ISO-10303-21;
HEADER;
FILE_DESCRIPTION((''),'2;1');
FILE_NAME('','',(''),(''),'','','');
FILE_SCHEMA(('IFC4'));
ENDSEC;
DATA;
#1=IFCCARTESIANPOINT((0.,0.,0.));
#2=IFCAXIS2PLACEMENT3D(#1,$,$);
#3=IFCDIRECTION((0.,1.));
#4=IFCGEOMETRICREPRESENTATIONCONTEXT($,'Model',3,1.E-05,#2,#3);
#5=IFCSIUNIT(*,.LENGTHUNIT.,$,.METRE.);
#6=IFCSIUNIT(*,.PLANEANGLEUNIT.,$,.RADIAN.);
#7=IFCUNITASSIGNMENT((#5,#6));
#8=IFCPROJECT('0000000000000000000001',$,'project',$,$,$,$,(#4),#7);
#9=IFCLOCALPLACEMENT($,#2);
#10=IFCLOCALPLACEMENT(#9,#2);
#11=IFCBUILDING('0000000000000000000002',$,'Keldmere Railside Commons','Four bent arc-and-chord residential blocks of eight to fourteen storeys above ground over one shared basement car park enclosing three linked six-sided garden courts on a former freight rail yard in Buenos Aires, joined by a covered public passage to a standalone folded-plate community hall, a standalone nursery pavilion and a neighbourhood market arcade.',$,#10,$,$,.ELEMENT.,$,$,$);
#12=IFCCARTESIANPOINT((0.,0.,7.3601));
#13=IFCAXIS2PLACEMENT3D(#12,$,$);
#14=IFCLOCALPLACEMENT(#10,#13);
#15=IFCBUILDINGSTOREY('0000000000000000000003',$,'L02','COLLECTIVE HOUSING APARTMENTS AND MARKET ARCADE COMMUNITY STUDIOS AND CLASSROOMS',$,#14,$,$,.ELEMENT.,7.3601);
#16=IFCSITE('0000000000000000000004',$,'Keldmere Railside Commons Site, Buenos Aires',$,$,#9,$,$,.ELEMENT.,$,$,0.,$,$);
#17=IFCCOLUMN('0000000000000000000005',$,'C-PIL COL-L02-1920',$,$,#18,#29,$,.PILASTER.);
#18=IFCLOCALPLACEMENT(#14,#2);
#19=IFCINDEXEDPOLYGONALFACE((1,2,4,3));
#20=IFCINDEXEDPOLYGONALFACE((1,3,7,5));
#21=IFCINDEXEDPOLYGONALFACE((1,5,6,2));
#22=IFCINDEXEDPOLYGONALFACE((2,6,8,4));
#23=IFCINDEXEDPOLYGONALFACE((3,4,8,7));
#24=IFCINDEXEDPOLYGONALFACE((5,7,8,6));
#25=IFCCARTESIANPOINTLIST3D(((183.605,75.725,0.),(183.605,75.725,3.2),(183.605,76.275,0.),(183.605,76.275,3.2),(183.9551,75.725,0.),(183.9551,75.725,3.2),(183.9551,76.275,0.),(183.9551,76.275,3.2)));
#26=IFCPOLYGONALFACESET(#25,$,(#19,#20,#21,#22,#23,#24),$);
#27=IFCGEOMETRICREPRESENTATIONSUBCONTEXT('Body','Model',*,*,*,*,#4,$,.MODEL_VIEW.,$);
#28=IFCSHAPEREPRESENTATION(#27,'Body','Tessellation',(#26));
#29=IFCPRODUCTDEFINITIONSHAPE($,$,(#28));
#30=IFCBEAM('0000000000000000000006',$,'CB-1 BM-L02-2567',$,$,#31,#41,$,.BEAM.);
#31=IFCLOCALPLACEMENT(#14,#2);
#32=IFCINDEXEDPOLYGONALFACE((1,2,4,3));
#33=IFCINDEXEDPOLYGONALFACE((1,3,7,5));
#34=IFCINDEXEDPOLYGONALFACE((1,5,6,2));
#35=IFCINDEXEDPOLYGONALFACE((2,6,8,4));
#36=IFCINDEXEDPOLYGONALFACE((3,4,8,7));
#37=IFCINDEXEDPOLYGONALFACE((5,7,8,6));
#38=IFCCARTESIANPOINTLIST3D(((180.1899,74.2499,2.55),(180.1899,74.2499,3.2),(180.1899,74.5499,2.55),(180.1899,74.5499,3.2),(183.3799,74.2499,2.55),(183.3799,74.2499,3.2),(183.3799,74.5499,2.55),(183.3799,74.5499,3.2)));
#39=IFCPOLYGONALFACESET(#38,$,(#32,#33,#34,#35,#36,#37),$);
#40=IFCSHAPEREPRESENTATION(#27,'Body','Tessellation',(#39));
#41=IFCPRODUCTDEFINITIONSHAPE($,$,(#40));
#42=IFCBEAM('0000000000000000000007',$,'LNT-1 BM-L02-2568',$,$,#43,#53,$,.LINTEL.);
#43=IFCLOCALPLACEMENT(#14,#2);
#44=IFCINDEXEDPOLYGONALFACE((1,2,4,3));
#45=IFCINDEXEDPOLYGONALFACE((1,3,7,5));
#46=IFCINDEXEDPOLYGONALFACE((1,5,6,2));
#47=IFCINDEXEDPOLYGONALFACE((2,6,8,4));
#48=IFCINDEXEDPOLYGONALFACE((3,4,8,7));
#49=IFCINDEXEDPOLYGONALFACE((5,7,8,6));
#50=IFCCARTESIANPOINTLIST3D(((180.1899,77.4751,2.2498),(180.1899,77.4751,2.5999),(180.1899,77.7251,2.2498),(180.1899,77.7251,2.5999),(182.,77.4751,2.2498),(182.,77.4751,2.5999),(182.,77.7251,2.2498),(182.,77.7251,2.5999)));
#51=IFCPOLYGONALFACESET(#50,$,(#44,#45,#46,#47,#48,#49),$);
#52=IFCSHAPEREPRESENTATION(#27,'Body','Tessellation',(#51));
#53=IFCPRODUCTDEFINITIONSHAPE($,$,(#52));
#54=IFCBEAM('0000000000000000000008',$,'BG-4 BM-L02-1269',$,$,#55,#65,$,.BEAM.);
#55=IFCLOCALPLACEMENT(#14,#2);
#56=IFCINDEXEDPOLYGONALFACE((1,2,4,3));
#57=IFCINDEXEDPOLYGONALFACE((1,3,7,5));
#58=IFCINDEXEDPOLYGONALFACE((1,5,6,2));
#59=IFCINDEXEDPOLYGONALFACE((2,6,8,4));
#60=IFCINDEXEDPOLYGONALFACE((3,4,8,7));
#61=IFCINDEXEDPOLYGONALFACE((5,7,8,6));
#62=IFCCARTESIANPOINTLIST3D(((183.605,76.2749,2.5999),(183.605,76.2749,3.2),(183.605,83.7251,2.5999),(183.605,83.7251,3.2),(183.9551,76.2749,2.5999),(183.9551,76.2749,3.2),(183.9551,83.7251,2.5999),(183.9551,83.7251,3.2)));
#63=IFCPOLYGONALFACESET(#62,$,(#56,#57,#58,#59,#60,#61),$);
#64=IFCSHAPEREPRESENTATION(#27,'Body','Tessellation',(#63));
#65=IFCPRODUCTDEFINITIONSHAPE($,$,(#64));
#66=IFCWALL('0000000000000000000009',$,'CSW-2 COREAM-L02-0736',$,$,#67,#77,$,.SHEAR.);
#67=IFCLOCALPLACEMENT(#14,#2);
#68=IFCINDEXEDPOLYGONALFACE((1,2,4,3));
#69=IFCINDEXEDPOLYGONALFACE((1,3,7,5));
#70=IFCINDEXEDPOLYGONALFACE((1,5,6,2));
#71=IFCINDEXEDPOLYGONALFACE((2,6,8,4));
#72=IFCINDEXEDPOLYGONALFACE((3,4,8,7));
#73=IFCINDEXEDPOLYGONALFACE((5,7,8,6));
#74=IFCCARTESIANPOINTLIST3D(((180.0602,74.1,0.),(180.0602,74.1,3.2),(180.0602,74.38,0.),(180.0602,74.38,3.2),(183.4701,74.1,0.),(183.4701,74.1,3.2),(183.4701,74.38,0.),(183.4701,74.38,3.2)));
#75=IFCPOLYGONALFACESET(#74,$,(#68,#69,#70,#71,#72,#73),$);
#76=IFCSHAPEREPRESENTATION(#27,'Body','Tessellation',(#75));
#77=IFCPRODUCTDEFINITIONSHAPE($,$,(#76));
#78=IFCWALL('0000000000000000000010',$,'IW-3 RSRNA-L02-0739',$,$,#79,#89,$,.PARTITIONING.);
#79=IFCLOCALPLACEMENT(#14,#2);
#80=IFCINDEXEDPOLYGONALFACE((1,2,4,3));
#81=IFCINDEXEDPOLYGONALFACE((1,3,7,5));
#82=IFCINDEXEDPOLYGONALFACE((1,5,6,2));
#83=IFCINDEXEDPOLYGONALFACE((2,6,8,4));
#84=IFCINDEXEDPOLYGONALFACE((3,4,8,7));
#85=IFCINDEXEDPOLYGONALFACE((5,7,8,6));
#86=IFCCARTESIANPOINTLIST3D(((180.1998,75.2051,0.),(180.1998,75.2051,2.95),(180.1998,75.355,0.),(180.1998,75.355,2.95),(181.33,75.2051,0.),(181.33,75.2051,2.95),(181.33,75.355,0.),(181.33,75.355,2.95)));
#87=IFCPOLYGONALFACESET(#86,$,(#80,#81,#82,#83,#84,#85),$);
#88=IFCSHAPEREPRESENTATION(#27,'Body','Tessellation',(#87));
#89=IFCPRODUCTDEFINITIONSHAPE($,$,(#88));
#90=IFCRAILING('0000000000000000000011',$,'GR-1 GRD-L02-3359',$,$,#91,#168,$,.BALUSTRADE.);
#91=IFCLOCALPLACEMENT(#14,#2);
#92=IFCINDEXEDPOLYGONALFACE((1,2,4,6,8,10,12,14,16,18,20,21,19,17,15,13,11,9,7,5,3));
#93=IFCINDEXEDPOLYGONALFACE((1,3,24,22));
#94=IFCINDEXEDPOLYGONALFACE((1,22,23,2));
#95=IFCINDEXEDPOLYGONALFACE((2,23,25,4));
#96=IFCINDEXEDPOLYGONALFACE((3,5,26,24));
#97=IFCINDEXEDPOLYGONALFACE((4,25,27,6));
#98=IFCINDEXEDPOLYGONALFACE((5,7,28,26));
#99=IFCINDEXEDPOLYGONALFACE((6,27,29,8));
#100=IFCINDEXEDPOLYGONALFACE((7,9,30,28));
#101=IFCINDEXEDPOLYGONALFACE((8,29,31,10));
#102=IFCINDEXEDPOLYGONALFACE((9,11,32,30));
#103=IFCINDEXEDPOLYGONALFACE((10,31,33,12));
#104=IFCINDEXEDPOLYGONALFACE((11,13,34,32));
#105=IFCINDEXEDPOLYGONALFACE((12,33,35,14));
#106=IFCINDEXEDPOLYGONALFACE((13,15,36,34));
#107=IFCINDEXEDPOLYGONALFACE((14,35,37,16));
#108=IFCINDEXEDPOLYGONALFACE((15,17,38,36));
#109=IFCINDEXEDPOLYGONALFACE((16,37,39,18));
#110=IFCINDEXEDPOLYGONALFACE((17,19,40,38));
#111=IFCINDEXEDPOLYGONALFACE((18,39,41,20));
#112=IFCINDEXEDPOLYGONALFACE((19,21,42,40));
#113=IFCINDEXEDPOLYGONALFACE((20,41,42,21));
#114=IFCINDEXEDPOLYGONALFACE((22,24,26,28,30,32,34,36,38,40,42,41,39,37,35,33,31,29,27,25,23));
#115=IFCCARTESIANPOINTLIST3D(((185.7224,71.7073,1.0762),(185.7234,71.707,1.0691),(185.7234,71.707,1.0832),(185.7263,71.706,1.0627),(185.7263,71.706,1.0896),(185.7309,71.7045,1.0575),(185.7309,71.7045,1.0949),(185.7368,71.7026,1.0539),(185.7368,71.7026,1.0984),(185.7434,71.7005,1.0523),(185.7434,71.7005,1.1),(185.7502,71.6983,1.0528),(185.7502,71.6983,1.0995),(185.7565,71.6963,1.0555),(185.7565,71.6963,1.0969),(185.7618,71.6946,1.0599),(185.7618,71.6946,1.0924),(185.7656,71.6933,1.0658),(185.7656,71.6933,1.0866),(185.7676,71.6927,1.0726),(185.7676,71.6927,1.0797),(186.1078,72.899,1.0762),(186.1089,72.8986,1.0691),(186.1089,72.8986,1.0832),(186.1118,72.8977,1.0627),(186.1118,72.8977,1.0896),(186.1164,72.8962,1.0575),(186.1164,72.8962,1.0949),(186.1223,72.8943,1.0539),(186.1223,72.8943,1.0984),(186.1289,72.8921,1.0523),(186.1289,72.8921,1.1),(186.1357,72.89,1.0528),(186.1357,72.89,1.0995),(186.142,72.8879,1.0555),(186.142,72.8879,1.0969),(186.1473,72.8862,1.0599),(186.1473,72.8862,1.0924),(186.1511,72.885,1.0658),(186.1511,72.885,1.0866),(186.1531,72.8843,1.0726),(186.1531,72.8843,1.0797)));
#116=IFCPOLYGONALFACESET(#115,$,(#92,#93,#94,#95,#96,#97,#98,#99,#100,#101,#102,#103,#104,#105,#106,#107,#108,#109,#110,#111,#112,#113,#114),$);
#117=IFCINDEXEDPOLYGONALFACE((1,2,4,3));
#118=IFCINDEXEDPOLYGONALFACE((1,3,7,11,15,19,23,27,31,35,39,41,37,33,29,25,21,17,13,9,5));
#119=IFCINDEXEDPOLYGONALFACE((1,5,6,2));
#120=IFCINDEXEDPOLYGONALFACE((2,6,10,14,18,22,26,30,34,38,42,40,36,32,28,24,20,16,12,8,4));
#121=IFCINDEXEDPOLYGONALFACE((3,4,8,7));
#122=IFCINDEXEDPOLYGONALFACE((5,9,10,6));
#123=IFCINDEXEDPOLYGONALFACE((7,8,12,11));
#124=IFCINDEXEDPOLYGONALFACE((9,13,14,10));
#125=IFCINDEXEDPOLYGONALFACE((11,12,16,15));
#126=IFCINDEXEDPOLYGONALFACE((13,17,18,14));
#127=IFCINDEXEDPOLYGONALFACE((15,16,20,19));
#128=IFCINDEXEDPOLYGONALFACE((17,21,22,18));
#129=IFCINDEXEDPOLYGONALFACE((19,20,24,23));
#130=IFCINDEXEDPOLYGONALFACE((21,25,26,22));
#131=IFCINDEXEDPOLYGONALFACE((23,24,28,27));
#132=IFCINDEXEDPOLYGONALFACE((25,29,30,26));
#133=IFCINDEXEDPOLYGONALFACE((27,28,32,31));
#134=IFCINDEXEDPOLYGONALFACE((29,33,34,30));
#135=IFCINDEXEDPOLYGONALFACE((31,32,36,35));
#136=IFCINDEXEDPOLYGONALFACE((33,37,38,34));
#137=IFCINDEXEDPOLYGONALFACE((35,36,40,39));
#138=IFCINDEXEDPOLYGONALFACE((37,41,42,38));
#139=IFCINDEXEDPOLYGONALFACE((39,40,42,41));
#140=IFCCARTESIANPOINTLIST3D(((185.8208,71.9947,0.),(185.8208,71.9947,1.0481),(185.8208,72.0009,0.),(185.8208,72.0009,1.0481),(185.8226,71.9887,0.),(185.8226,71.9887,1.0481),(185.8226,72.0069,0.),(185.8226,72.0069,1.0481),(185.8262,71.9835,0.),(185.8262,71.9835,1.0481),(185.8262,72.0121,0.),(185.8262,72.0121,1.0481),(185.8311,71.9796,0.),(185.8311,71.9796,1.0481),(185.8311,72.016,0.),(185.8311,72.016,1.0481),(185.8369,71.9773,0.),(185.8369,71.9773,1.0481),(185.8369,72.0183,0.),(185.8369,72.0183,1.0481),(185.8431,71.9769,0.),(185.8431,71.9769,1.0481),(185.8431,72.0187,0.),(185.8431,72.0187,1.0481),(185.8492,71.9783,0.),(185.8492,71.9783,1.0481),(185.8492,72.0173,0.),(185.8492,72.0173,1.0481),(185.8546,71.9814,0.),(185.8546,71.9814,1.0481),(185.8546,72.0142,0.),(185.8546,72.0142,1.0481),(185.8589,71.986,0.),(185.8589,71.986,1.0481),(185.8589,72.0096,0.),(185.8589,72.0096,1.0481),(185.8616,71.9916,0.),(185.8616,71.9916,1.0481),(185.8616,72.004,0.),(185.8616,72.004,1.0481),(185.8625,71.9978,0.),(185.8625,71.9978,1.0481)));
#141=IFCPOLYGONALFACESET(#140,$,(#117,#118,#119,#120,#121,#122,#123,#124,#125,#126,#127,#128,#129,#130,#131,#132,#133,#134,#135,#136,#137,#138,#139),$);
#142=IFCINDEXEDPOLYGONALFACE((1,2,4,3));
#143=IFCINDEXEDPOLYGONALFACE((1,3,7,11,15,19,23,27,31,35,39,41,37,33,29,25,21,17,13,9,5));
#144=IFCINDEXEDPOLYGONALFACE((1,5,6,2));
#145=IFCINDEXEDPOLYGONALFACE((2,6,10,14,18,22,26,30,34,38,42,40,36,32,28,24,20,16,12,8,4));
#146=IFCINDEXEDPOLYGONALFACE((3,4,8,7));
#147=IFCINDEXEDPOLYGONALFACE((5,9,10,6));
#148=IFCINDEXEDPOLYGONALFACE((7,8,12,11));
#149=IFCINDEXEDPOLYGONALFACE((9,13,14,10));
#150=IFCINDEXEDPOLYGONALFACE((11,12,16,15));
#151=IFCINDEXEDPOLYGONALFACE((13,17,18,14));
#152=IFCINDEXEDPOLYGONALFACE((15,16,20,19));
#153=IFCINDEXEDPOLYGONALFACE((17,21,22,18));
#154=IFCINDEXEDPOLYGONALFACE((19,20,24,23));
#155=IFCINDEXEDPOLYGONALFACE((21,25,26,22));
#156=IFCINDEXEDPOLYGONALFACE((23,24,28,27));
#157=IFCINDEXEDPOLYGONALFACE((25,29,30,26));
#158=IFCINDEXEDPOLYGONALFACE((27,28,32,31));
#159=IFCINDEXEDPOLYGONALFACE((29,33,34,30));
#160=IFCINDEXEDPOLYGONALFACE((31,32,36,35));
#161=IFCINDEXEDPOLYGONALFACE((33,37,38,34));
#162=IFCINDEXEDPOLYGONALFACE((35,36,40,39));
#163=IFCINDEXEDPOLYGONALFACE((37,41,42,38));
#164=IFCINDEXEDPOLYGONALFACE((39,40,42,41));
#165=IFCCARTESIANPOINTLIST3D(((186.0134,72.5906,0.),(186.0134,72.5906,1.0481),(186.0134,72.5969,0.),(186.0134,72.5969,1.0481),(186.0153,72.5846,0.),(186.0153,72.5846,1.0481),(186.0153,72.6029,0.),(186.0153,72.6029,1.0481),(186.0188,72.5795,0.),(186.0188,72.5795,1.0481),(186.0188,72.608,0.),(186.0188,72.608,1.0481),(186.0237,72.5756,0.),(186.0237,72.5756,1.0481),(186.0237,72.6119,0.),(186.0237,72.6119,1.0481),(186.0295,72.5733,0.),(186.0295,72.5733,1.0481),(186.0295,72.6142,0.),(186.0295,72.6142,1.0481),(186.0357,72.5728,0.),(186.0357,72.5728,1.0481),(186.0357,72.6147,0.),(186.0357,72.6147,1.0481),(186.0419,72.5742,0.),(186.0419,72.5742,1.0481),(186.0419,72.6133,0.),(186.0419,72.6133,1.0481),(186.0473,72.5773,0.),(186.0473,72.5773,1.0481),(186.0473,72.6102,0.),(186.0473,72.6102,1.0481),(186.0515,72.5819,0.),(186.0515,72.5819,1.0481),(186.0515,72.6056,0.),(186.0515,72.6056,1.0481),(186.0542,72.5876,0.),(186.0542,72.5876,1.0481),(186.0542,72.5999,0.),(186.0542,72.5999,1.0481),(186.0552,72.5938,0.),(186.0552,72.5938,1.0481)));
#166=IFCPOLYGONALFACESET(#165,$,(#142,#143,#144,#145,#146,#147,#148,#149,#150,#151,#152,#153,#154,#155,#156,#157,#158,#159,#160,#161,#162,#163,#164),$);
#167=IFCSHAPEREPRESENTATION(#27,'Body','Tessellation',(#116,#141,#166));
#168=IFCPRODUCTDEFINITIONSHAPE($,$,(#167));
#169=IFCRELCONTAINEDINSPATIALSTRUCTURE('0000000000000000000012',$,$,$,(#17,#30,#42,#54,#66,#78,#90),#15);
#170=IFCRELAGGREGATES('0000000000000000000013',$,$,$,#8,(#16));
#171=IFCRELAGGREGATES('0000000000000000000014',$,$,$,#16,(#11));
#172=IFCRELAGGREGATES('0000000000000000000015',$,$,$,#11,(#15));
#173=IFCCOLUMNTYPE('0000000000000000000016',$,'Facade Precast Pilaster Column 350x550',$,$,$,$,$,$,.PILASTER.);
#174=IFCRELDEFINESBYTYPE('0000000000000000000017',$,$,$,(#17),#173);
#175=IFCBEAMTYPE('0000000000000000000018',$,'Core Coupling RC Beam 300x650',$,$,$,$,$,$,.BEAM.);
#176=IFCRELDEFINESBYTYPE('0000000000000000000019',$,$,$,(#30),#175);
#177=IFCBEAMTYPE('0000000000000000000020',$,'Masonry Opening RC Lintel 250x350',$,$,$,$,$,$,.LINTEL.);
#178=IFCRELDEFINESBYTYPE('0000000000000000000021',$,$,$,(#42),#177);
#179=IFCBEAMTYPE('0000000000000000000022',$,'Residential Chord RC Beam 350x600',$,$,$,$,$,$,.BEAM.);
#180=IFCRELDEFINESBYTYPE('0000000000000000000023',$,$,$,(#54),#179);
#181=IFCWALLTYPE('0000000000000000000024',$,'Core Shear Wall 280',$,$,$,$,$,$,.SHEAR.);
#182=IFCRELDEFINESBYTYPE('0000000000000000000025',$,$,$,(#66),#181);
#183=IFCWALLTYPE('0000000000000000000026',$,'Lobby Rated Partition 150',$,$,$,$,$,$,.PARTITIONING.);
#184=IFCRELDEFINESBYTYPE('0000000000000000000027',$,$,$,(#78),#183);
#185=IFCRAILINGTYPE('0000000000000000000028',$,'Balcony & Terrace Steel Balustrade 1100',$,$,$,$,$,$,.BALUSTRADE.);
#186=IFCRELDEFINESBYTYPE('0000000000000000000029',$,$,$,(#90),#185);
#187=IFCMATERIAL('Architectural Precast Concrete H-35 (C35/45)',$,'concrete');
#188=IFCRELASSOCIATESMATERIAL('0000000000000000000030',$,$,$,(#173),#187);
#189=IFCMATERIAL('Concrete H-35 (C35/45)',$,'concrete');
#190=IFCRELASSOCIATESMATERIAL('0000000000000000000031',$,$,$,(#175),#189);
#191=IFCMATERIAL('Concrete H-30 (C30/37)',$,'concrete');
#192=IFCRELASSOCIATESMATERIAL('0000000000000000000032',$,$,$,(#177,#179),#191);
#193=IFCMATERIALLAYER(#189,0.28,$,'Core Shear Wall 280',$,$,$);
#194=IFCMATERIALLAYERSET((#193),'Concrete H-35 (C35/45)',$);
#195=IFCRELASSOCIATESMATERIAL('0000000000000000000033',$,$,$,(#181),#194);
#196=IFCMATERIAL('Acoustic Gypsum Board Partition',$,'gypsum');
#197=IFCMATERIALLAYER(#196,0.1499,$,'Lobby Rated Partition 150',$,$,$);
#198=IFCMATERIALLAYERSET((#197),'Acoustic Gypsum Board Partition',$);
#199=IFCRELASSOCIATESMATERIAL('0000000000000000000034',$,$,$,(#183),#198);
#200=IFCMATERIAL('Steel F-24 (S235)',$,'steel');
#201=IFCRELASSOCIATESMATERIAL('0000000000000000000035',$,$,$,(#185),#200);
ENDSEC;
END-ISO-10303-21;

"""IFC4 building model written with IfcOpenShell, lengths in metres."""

from ifc_helpers import new_model, si_unit, direction, frame, frame_2d, origin, origin_2d, place, context, subcontext, project, spatial, rectangle, circle, extrude, material, layer, layer_set, material_profile, profile_set, type_object, element, save


model = new_model("IFC4")

# Units and contexts
model_context = context("Model", 3, precision=1e-05, world=origin(), true_north=direction((0.0, 1.0)))
body_context = subcontext(model_context, "Body", "Model", "MODEL_VIEW")
ifc_project = project(units=[si_unit("LENGTHUNIT", "METRE"), si_unit("PLANEANGLEUNIT", "RADIAN")], contexts=[model_context])

# Site, building, storey
site_placement = place(None, origin())
site = spatial("IfcSite", under=ifc_project, at=site_placement, Name="Keldmere Railside Commons Site, Buenos Aires", CompositionType="ELEMENT", RefElevation=0.0)
building_placement = place(site_placement, origin())
building = spatial("IfcBuilding", under=site, at=building_placement, Name="Keldmere Railside Commons", Description="Four bent arc-and-chord residential blocks of eight to fourteen storeys above ground over one shared basement car park enclosing three linked six-sided garden courts on a former freight rail yard in Buenos Aires, joined by a covered public passage to a standalone folded-plate community hall, a standalone nursery pavilion and a neighbourhood market arcade.", CompositionType="ELEMENT")
storey_placement = place(building_placement, frame((0.0, 0.0, 7.3601)))
storey = spatial("IfcBuildingStorey", under=building, at=storey_placement, Name="L02", Description="COLLECTIVE HOUSING APARTMENTS AND MARKET ARCADE COMMUNITY STUDIOS AND CLASSROOMS", CompositionType="ELEMENT", Elevation=7.3601)

# Column
ifc_material_1 = material(Name="Architectural Precast Concrete H-35 (C35/45)", Category="concrete")
ifc_material_profile_1 = material_profile(ifc_material_1, rectangle(XDim=0.3501, YDim=0.55, at=origin_2d()), Name="RC-350x550")
ifc_profile_set_1 = profile_set([ifc_material_profile_1], Name="Architectural Precast Concrete H-35 (C35/45)")
column_type = type_object("IfcColumnType", Name="Facade Precast Pilaster Column 350x550", PredefinedType="PILASTER", material=ifc_profile_set_1)
column_placement = place(storey_placement, frame((183.78, 76.0, 0.0), z_axis=(0.0, 0.0, 1.0), x_axis=(1.0, 0.0, 0.0)))
element("IfcColumn", 1, at=column_placement, inside=storey, type_object=column_type, Name="C-PIL COL-L02-1920", PredefinedType="PILASTER", context=body_context, shape_type="SweptSolid", body=[
    extrude(rectangle(XDim=0.3501, YDim=0.55, at=origin_2d()), origin(), (0.0, 0.0, 1.0), 3.2),
])

# Beams
ifc_material_2 = material(Name="Concrete H-35 (C35/45)", Category="concrete")
ifc_material_profile_2 = material_profile(ifc_material_2, rectangle(XDim=0.3, YDim=0.6499, at=origin_2d()), Name="RC-300x650")
ifc_profile_set_2 = profile_set([ifc_material_profile_2], Name="Concrete H-35 (C35/45)")
beam_type_1 = type_object("IfcBeamType", Name="Core Coupling RC Beam 300x650", PredefinedType="BEAM", material=ifc_profile_set_2)
beam_1_placement = place(storey_placement, frame((180.1899, 74.3999, 2.875), z_axis=(1.0, 0.0, 0.0), x_axis=(0.0, 1.0, 0.0)))
element("IfcBeam", 2, at=beam_1_placement, inside=storey, type_object=beam_type_1, Name="CB-1 BM-L02-2567", PredefinedType="BEAM", context=body_context, shape_type="SweptSolid", body=[
    extrude(rectangle(XDim=0.3, YDim=0.6499, at=origin_2d()), origin(), (0.0, 0.0, 1.0), 3.1899),
])
ifc_material_3 = material(Name="Concrete H-30 (C30/37)", Category="concrete")
ifc_material_profile_3 = material_profile(ifc_material_3, rectangle(XDim=0.25, YDim=0.3501, at=origin_2d()), Name="RC-250x350")
ifc_profile_set_3 = profile_set([ifc_material_profile_3], Name="Concrete H-30 (C30/37)")
beam_type_2 = type_object("IfcBeamType", Name="Masonry Opening RC Lintel 250x350", PredefinedType="LINTEL", material=ifc_profile_set_3)
beam_2_placement = place(storey_placement, frame((180.1899, 77.6001, 2.4248), z_axis=(1.0, 0.0, 0.0), x_axis=(0.0, 1.0, 0.0)))
element("IfcBeam", 3, at=beam_2_placement, inside=storey, type_object=beam_type_2, Name="LNT-1 BM-L02-2568", PredefinedType="LINTEL", context=body_context, shape_type="SweptSolid", body=[
    extrude(rectangle(XDim=0.25, YDim=0.3501, at=origin_2d()), origin(), (0.0, 0.0, 1.0), 1.8101),
])
ifc_material_profile_4 = material_profile(ifc_material_3, rectangle(XDim=0.3501, YDim=0.6001, at=origin_2d()), Name="RC-350x600")
ifc_profile_set_4 = profile_set([ifc_material_profile_4], Name="Concrete H-30 (C30/37)")
beam_type_3 = type_object("IfcBeamType", Name="Residential Chord RC Beam 350x600", PredefinedType="BEAM", material=ifc_profile_set_4)
beam_3_placement = place(storey_placement, frame((183.78, 76.2749, 2.8999), z_axis=(0.0, 1.0, 0.0), x_axis=(-1.0, 0.0, 0.0)))
element("IfcBeam", 4, at=beam_3_placement, inside=storey, type_object=beam_type_3, Name="BG-4 BM-L02-1269", PredefinedType="BEAM", context=body_context, shape_type="SweptSolid", body=[
    extrude(rectangle(XDim=0.3501, YDim=0.6001, at=origin_2d()), origin(), (0.0, 0.0, 1.0), 7.4502),
])

# Wall
ifc_layer_1 = layer(ifc_material_2, 0.28, Name="Core Shear Wall 280")
ifc_layer_set_1 = layer_set([ifc_layer_1], Name="Concrete H-35 (C35/45)")
wall_type_1 = type_object("IfcWallType", Name="Core Shear Wall 280", PredefinedType="SHEAR", material=ifc_layer_set_1)
wall_1_placement = place(storey_placement, frame((180.0601, 74.24, 0.0), z_axis=(0.0, 0.0, 1.0), x_axis=(1.0, 0.0, 0.0)))
element("IfcWall", 5, at=wall_1_placement, inside=storey, type_object=wall_type_1, Name="CSW-2 COREAM-L02-0736", PredefinedType="SHEAR", context=body_context, shape_type="SweptSolid", body=[
    extrude(rectangle(XDim=3.4099, YDim=0.28, at=frame_2d((1.7051, 0.0))), origin(), (0.0, 0.0, 1.0), 3.2),
])

# Shared definitions
ifc_material_4 = material(Name="Steel F-24 (S235)", Category="steel")

# Wall
ifc_material_5 = material(Name="Acoustic Gypsum Board Partition", Category="gypsum")
ifc_layer_2 = layer(ifc_material_5, 0.1499, Name="Lobby Rated Partition 150")
ifc_layer_set_2 = layer_set([ifc_layer_2], Name="Acoustic Gypsum Board Partition")
wall_type_2 = type_object("IfcWallType", Name="Lobby Rated Partition 150", PredefinedType="PARTITIONING", material=ifc_layer_set_2)
wall_2_placement = place(storey_placement, frame((180.2, 75.28, 0.0), z_axis=(0.0, 0.0, 1.0), x_axis=(1.0, 0.0, 0.0)))
element("IfcWall", 6, at=wall_2_placement, inside=storey, type_object=wall_type_2, Name="IW-3 RSRNA-L02-0739", PredefinedType="PARTITIONING", context=body_context, shape_type="SweptSolid", body=[
    extrude(rectangle(XDim=1.1301, YDim=0.1499, at=frame_2d((0.5649, 0.0))), origin(), (0.0, 0.0, 1.0), 2.95),
])

# Railing
railing_type_1 = type_object("IfcRailingType", Name="Balcony & Terrace Steel Balustrade 1100", PredefinedType="BALUSTRADE", material=ifc_material_4)
railing_1_placement = place(storey_placement, frame((185.7451, 71.7, 0.0)))
element("IfcRailing", 7, at=railing_1_placement, inside=storey, type_object=railing_type_1, Name="GR-1 GRD-L02-3359", PredefinedType="BALUSTRADE", context=body_context, shape_type="SweptSolid", body=[
    extrude(circle(Radius=0.0239, at=origin_2d()), frame((0.0, 0.0, 1.0762), z_axis=(0.307794, 0.951453, 0.0), x_axis=(-0.951453, 0.307794, 0.0)), (0.0, 0.0, 1.0), 1.2524),
    extrude(circle(Radius=0.021, at=origin_2d()), frame((0.0964, 0.2979, 0.0)), (0.0, 0.0, 1.0), 1.0481),
    extrude(circle(Radius=0.021, at=origin_2d()), frame((0.2891, 0.8938, 0.0)), (0.0, 0.0, 1.0), 1.0481),
])

save(model, "model.ifc")
